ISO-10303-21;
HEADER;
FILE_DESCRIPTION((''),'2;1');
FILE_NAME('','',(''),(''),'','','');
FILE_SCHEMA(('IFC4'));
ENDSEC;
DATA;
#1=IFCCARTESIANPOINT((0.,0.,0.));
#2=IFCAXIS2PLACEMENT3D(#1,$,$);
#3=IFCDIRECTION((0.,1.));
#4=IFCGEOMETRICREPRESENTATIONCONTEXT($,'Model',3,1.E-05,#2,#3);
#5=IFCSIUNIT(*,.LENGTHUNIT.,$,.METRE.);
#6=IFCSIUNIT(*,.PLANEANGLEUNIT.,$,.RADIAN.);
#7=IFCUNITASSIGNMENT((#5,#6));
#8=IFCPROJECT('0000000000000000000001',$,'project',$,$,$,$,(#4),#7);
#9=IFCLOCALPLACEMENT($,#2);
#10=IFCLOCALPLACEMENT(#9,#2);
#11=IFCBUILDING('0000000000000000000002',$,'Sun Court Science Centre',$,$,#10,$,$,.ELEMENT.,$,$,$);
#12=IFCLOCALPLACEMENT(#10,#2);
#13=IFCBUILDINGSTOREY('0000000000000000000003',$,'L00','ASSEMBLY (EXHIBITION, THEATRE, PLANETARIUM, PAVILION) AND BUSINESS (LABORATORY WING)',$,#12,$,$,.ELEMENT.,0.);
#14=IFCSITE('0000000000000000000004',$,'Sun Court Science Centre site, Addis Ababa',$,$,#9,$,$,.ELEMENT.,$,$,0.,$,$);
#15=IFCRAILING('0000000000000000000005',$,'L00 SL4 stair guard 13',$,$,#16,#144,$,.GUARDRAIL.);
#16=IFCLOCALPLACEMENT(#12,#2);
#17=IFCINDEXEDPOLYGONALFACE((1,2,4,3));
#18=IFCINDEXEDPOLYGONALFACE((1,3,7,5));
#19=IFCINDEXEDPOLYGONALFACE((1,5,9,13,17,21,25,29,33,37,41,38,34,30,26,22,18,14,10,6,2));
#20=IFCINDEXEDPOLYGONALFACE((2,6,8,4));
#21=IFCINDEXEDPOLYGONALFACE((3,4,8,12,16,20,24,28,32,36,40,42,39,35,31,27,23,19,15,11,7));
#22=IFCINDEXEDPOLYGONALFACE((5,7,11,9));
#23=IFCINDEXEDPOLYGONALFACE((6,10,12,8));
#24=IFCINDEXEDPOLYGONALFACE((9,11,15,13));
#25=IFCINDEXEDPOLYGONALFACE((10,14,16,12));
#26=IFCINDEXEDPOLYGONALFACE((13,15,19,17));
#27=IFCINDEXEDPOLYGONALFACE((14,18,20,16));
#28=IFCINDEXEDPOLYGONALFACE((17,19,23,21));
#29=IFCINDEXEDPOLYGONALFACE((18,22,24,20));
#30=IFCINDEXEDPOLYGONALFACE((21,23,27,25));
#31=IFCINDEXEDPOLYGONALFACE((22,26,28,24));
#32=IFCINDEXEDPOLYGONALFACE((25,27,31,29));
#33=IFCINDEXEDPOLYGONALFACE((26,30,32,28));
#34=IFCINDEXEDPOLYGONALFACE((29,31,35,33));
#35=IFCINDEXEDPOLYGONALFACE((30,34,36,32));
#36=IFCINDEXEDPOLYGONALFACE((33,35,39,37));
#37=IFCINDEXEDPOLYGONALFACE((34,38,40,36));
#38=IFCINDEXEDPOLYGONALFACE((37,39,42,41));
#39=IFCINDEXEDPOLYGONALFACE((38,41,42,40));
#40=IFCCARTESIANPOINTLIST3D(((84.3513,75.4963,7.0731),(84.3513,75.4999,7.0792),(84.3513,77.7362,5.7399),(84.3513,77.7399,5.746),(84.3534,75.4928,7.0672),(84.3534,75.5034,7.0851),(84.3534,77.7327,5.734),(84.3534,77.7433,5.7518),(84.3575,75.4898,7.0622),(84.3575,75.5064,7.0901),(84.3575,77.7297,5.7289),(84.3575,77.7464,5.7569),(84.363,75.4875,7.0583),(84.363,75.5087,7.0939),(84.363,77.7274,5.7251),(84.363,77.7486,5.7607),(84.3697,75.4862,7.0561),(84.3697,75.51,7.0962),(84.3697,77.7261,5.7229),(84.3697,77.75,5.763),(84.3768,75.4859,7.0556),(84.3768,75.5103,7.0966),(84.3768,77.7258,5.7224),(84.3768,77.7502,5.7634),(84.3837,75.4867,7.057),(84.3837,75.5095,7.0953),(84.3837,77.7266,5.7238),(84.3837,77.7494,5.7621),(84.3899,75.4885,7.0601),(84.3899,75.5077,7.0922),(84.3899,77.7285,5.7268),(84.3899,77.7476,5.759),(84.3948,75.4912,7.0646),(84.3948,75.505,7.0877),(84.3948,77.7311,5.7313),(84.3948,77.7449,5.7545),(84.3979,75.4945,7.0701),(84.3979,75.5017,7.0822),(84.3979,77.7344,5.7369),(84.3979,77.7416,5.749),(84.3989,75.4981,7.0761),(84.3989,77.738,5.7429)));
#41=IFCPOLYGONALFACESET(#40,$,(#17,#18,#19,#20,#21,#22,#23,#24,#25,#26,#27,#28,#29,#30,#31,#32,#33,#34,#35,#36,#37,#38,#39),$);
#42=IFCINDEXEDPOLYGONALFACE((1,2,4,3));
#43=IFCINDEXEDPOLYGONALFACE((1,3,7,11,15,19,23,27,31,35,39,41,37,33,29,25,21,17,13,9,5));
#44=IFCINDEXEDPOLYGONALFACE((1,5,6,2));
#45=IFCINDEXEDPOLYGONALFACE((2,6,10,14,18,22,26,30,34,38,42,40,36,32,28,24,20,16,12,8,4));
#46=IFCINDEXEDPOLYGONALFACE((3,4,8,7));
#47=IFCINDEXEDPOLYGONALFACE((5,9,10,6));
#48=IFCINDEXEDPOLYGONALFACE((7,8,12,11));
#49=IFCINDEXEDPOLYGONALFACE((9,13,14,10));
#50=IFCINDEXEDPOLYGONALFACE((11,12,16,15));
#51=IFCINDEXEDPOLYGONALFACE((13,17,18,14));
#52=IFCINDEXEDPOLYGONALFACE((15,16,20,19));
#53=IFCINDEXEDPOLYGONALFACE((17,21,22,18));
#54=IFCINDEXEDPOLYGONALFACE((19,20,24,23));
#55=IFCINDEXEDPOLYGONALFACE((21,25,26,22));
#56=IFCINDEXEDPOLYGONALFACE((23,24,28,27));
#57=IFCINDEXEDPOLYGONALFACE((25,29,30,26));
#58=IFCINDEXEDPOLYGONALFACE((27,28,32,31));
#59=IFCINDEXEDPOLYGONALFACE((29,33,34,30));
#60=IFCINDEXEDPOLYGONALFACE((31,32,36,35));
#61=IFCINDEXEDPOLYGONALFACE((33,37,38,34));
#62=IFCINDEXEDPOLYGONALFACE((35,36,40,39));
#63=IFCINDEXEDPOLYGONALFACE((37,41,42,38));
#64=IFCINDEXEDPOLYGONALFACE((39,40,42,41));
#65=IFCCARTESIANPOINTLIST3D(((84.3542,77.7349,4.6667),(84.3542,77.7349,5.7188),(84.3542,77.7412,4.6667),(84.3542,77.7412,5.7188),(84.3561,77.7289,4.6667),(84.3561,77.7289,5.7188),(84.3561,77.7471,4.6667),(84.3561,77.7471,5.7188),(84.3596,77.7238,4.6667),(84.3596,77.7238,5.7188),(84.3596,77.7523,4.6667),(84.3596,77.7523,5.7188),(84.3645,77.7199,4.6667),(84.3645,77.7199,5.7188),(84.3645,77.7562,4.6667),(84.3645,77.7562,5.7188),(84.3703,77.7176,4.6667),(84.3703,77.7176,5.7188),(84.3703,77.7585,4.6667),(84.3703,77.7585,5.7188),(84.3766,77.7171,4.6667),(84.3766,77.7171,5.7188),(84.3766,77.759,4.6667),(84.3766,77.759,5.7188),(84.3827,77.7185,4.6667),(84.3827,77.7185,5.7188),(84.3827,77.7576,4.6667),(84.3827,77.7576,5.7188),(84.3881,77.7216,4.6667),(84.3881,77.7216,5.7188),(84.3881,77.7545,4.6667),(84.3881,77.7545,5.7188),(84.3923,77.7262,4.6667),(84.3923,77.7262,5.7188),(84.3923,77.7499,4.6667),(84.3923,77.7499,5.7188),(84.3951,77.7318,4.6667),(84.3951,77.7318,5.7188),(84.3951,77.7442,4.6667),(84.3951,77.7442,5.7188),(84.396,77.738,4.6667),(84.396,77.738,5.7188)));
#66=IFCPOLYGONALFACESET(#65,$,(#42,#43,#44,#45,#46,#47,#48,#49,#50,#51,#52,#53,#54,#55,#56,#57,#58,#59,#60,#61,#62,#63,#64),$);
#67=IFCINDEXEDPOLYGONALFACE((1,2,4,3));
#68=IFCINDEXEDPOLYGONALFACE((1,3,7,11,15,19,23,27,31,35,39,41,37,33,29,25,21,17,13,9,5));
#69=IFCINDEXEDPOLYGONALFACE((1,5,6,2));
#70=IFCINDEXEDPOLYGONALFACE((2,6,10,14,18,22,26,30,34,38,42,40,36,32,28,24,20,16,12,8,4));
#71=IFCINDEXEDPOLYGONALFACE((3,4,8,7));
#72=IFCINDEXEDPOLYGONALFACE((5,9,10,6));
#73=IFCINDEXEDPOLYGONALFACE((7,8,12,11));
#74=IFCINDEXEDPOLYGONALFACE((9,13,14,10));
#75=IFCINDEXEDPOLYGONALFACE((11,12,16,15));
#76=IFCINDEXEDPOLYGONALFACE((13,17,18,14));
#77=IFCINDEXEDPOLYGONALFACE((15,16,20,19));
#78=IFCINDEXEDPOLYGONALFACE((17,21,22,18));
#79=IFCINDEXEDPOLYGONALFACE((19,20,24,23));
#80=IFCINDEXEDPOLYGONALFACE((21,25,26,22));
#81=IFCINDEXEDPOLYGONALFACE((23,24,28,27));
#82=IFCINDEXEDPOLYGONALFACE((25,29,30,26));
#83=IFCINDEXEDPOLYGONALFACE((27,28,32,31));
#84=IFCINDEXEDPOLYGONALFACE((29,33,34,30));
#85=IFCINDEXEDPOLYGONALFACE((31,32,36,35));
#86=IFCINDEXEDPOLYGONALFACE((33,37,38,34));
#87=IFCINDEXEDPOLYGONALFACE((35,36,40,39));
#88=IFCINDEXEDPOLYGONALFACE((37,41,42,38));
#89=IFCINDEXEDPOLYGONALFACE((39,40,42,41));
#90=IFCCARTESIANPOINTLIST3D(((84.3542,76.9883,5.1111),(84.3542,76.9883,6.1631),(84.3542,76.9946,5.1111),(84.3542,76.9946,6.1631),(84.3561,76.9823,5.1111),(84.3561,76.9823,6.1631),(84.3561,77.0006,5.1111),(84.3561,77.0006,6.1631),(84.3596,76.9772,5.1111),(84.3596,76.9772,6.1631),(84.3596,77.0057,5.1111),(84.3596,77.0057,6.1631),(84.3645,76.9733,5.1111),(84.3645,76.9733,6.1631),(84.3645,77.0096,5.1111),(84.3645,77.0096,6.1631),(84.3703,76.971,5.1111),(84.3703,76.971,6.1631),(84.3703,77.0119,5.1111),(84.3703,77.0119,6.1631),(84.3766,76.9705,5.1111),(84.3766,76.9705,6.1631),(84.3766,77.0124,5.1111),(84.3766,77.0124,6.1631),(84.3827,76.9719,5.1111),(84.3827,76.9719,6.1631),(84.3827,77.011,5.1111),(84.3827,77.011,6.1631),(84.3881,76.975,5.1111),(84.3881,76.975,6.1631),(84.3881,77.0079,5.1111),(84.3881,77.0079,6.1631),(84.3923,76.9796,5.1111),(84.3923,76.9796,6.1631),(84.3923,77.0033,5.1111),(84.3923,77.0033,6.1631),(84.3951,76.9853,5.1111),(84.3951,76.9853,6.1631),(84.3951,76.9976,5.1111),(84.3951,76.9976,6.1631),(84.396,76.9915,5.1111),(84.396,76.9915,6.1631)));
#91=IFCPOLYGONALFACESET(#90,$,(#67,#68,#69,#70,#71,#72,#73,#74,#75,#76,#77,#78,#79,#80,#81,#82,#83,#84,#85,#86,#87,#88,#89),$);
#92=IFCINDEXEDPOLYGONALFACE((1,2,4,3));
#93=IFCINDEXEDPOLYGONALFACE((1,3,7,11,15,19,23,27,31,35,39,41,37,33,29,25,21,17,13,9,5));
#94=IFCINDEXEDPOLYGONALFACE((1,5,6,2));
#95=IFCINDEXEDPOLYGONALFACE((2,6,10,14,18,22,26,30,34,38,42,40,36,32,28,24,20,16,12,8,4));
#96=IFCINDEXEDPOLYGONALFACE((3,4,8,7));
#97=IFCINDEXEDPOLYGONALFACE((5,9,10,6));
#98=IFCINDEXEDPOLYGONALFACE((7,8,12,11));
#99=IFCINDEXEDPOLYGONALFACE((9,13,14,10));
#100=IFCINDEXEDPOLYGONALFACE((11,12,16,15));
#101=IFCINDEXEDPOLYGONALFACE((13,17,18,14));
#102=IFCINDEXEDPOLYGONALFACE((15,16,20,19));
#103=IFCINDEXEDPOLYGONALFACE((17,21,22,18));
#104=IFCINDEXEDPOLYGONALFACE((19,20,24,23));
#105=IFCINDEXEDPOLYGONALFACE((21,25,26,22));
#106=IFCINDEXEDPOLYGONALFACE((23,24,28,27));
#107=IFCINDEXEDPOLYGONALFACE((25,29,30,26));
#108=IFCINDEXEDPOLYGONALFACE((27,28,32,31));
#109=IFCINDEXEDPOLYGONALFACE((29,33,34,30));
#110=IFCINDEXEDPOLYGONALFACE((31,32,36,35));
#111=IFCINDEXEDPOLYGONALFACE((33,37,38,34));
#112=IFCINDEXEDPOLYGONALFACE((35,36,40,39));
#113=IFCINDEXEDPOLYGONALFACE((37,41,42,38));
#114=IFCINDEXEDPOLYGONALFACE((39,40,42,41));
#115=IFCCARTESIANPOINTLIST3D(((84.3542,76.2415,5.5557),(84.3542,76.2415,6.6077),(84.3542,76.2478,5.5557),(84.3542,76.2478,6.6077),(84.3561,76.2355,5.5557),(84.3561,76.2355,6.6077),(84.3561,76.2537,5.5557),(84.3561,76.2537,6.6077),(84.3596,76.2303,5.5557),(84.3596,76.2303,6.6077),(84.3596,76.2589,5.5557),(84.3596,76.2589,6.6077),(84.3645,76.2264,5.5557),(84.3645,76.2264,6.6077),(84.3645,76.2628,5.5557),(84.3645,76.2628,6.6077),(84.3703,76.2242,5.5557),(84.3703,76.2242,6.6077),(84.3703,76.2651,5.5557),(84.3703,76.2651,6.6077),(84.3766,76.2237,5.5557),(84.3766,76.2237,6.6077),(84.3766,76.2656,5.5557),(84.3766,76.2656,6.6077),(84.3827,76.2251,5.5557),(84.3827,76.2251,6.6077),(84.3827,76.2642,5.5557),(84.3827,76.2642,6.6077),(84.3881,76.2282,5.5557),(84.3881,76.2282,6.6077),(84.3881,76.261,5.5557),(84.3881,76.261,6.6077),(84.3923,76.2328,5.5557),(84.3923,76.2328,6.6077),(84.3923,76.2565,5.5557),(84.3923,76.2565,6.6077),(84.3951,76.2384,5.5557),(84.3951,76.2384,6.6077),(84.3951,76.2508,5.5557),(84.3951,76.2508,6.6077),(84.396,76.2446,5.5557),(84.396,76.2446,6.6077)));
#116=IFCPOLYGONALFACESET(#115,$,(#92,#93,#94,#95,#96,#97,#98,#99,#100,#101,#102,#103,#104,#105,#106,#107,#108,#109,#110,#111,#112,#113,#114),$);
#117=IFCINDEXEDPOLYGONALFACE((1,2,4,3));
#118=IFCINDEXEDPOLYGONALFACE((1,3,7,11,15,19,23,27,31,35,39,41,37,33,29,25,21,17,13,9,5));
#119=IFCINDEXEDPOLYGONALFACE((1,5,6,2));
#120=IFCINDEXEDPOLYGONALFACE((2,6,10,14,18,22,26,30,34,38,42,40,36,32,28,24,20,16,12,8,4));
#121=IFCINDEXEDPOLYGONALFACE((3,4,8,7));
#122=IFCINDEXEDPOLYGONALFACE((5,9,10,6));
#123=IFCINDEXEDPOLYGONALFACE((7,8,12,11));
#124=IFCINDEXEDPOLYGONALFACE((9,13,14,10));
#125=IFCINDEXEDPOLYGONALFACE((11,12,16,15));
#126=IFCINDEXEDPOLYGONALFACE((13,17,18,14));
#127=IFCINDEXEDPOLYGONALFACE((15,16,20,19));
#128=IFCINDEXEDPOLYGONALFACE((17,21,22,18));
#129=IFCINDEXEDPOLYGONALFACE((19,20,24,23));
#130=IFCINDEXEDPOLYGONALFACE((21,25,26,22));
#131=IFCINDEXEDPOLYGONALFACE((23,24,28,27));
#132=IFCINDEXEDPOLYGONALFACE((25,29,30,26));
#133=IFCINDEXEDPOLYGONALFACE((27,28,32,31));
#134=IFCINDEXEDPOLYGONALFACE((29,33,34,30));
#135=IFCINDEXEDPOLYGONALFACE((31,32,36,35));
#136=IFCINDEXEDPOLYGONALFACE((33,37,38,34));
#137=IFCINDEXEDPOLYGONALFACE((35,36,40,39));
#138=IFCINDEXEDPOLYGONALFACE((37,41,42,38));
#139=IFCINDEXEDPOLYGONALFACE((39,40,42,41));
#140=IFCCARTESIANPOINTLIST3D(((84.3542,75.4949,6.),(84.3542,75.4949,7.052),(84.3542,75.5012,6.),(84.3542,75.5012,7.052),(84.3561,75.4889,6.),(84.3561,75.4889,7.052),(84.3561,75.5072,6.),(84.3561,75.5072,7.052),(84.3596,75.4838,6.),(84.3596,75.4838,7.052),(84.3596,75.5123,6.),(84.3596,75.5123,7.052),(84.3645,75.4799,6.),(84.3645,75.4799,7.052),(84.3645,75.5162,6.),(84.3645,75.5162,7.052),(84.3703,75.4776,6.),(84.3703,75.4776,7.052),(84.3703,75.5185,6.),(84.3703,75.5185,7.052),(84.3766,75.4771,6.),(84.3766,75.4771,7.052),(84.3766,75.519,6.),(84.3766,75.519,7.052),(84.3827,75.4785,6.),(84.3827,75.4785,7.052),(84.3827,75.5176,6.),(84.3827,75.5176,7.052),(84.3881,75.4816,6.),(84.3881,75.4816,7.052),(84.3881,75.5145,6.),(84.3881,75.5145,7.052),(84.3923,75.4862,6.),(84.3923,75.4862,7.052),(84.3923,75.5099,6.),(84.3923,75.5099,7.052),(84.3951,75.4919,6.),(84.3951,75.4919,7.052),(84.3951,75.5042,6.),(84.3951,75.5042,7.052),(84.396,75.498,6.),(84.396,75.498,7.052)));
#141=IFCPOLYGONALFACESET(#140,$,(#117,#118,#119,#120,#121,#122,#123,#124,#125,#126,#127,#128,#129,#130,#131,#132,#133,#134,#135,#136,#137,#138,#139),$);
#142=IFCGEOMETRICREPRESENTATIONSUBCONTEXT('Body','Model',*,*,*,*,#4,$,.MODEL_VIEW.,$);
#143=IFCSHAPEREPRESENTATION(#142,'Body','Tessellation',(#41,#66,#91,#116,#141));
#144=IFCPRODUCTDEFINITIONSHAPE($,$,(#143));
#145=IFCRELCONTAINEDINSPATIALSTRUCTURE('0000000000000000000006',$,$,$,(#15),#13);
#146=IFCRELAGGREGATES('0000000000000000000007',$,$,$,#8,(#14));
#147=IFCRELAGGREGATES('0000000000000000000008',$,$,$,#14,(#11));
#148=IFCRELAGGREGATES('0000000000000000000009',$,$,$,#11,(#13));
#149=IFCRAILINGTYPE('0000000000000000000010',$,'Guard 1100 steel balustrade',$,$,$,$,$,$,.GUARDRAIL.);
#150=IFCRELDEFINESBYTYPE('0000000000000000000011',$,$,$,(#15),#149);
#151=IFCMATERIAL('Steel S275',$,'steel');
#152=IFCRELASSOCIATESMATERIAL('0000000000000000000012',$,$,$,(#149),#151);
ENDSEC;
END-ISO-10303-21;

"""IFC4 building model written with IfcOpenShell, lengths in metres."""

from ifc_helpers import new_model, si_unit, direction, frame, origin, origin_2d, place, context, subcontext, project, spatial, circle, extrude, material, type_object, element, save


model = new_model("IFC4")

# Units and contexts
model_context = context("Model", 3, precision=1e-05, world=origin(), true_north=direction((0.0, 1.0)))
body_context = subcontext(model_context, "Body", "Model", "MODEL_VIEW")
ifc_project = project(units=[si_unit("LENGTHUNIT", "METRE"), si_unit("PLANEANGLEUNIT", "RADIAN")], contexts=[model_context])

# Site, building, storey
site_placement = place(None, origin())
site = spatial("IfcSite", under=ifc_project, at=site_placement, Name="Sun Court Science Centre site, Addis Ababa", CompositionType="ELEMENT", RefElevation=0.0)
building_placement = place(site_placement, origin())
building = spatial("IfcBuilding", under=site, at=building_placement, Name="Sun Court Science Centre", CompositionType="ELEMENT")
storey_placement = place(building_placement, origin())
storey = spatial("IfcBuildingStorey", under=building, at=storey_placement, Name="L00", Description="ASSEMBLY (EXHIBITION, THEATRE, PLANETARIUM, PAVILION) AND BUSINESS (LABORATORY WING)", CompositionType="ELEMENT", Elevation=0.0)

# Railing
ifc_material_1 = material(Name="Steel S275", Category="steel")
railing_type_1 = type_object("IfcRailingType", Name="Guard 1100 steel balustrade", PredefinedType="GUARDRAIL", material=ifc_material_1)
railing_1_placement = place(storey_placement, frame((84.375, 77.738, 4.6667)))
element("IfcRailing", 1, at=railing_1_placement, inside=storey, type_object=railing_type_1, Name="L00 SL4 stair guard 13", PredefinedType="GUARDRAIL", context=body_context, shape_type="SweptSolid", body=[
    extrude(circle(Radius=0.0239, at=origin_2d()), frame((0.0, 0.0, 1.0762), z_axis=(0.0, -0.859306, 0.511462), x_axis=(1.0, 0.0, 0.0)), (0.0, 0.0, 1.0), 2.6067),
    extrude(circle(Radius=0.021, at=origin_2d()), origin(), (0.0, 0.0, 1.0), 1.052),
    extrude(circle(Radius=0.021, at=origin_2d()), frame((0.0, -0.7466, 0.4443)), (0.0, 0.0, 1.0), 1.052),
    extrude(circle(Radius=0.021, at=origin_2d()), frame((0.0, -1.4934, 0.8889)), (0.0, 0.0, 1.0), 1.052),
    extrude(circle(Radius=0.021, at=origin_2d()), frame((0.0, -2.24, 1.3333)), (0.0, 0.0, 1.0), 1.052),
])

save(model, "model.ifc")
